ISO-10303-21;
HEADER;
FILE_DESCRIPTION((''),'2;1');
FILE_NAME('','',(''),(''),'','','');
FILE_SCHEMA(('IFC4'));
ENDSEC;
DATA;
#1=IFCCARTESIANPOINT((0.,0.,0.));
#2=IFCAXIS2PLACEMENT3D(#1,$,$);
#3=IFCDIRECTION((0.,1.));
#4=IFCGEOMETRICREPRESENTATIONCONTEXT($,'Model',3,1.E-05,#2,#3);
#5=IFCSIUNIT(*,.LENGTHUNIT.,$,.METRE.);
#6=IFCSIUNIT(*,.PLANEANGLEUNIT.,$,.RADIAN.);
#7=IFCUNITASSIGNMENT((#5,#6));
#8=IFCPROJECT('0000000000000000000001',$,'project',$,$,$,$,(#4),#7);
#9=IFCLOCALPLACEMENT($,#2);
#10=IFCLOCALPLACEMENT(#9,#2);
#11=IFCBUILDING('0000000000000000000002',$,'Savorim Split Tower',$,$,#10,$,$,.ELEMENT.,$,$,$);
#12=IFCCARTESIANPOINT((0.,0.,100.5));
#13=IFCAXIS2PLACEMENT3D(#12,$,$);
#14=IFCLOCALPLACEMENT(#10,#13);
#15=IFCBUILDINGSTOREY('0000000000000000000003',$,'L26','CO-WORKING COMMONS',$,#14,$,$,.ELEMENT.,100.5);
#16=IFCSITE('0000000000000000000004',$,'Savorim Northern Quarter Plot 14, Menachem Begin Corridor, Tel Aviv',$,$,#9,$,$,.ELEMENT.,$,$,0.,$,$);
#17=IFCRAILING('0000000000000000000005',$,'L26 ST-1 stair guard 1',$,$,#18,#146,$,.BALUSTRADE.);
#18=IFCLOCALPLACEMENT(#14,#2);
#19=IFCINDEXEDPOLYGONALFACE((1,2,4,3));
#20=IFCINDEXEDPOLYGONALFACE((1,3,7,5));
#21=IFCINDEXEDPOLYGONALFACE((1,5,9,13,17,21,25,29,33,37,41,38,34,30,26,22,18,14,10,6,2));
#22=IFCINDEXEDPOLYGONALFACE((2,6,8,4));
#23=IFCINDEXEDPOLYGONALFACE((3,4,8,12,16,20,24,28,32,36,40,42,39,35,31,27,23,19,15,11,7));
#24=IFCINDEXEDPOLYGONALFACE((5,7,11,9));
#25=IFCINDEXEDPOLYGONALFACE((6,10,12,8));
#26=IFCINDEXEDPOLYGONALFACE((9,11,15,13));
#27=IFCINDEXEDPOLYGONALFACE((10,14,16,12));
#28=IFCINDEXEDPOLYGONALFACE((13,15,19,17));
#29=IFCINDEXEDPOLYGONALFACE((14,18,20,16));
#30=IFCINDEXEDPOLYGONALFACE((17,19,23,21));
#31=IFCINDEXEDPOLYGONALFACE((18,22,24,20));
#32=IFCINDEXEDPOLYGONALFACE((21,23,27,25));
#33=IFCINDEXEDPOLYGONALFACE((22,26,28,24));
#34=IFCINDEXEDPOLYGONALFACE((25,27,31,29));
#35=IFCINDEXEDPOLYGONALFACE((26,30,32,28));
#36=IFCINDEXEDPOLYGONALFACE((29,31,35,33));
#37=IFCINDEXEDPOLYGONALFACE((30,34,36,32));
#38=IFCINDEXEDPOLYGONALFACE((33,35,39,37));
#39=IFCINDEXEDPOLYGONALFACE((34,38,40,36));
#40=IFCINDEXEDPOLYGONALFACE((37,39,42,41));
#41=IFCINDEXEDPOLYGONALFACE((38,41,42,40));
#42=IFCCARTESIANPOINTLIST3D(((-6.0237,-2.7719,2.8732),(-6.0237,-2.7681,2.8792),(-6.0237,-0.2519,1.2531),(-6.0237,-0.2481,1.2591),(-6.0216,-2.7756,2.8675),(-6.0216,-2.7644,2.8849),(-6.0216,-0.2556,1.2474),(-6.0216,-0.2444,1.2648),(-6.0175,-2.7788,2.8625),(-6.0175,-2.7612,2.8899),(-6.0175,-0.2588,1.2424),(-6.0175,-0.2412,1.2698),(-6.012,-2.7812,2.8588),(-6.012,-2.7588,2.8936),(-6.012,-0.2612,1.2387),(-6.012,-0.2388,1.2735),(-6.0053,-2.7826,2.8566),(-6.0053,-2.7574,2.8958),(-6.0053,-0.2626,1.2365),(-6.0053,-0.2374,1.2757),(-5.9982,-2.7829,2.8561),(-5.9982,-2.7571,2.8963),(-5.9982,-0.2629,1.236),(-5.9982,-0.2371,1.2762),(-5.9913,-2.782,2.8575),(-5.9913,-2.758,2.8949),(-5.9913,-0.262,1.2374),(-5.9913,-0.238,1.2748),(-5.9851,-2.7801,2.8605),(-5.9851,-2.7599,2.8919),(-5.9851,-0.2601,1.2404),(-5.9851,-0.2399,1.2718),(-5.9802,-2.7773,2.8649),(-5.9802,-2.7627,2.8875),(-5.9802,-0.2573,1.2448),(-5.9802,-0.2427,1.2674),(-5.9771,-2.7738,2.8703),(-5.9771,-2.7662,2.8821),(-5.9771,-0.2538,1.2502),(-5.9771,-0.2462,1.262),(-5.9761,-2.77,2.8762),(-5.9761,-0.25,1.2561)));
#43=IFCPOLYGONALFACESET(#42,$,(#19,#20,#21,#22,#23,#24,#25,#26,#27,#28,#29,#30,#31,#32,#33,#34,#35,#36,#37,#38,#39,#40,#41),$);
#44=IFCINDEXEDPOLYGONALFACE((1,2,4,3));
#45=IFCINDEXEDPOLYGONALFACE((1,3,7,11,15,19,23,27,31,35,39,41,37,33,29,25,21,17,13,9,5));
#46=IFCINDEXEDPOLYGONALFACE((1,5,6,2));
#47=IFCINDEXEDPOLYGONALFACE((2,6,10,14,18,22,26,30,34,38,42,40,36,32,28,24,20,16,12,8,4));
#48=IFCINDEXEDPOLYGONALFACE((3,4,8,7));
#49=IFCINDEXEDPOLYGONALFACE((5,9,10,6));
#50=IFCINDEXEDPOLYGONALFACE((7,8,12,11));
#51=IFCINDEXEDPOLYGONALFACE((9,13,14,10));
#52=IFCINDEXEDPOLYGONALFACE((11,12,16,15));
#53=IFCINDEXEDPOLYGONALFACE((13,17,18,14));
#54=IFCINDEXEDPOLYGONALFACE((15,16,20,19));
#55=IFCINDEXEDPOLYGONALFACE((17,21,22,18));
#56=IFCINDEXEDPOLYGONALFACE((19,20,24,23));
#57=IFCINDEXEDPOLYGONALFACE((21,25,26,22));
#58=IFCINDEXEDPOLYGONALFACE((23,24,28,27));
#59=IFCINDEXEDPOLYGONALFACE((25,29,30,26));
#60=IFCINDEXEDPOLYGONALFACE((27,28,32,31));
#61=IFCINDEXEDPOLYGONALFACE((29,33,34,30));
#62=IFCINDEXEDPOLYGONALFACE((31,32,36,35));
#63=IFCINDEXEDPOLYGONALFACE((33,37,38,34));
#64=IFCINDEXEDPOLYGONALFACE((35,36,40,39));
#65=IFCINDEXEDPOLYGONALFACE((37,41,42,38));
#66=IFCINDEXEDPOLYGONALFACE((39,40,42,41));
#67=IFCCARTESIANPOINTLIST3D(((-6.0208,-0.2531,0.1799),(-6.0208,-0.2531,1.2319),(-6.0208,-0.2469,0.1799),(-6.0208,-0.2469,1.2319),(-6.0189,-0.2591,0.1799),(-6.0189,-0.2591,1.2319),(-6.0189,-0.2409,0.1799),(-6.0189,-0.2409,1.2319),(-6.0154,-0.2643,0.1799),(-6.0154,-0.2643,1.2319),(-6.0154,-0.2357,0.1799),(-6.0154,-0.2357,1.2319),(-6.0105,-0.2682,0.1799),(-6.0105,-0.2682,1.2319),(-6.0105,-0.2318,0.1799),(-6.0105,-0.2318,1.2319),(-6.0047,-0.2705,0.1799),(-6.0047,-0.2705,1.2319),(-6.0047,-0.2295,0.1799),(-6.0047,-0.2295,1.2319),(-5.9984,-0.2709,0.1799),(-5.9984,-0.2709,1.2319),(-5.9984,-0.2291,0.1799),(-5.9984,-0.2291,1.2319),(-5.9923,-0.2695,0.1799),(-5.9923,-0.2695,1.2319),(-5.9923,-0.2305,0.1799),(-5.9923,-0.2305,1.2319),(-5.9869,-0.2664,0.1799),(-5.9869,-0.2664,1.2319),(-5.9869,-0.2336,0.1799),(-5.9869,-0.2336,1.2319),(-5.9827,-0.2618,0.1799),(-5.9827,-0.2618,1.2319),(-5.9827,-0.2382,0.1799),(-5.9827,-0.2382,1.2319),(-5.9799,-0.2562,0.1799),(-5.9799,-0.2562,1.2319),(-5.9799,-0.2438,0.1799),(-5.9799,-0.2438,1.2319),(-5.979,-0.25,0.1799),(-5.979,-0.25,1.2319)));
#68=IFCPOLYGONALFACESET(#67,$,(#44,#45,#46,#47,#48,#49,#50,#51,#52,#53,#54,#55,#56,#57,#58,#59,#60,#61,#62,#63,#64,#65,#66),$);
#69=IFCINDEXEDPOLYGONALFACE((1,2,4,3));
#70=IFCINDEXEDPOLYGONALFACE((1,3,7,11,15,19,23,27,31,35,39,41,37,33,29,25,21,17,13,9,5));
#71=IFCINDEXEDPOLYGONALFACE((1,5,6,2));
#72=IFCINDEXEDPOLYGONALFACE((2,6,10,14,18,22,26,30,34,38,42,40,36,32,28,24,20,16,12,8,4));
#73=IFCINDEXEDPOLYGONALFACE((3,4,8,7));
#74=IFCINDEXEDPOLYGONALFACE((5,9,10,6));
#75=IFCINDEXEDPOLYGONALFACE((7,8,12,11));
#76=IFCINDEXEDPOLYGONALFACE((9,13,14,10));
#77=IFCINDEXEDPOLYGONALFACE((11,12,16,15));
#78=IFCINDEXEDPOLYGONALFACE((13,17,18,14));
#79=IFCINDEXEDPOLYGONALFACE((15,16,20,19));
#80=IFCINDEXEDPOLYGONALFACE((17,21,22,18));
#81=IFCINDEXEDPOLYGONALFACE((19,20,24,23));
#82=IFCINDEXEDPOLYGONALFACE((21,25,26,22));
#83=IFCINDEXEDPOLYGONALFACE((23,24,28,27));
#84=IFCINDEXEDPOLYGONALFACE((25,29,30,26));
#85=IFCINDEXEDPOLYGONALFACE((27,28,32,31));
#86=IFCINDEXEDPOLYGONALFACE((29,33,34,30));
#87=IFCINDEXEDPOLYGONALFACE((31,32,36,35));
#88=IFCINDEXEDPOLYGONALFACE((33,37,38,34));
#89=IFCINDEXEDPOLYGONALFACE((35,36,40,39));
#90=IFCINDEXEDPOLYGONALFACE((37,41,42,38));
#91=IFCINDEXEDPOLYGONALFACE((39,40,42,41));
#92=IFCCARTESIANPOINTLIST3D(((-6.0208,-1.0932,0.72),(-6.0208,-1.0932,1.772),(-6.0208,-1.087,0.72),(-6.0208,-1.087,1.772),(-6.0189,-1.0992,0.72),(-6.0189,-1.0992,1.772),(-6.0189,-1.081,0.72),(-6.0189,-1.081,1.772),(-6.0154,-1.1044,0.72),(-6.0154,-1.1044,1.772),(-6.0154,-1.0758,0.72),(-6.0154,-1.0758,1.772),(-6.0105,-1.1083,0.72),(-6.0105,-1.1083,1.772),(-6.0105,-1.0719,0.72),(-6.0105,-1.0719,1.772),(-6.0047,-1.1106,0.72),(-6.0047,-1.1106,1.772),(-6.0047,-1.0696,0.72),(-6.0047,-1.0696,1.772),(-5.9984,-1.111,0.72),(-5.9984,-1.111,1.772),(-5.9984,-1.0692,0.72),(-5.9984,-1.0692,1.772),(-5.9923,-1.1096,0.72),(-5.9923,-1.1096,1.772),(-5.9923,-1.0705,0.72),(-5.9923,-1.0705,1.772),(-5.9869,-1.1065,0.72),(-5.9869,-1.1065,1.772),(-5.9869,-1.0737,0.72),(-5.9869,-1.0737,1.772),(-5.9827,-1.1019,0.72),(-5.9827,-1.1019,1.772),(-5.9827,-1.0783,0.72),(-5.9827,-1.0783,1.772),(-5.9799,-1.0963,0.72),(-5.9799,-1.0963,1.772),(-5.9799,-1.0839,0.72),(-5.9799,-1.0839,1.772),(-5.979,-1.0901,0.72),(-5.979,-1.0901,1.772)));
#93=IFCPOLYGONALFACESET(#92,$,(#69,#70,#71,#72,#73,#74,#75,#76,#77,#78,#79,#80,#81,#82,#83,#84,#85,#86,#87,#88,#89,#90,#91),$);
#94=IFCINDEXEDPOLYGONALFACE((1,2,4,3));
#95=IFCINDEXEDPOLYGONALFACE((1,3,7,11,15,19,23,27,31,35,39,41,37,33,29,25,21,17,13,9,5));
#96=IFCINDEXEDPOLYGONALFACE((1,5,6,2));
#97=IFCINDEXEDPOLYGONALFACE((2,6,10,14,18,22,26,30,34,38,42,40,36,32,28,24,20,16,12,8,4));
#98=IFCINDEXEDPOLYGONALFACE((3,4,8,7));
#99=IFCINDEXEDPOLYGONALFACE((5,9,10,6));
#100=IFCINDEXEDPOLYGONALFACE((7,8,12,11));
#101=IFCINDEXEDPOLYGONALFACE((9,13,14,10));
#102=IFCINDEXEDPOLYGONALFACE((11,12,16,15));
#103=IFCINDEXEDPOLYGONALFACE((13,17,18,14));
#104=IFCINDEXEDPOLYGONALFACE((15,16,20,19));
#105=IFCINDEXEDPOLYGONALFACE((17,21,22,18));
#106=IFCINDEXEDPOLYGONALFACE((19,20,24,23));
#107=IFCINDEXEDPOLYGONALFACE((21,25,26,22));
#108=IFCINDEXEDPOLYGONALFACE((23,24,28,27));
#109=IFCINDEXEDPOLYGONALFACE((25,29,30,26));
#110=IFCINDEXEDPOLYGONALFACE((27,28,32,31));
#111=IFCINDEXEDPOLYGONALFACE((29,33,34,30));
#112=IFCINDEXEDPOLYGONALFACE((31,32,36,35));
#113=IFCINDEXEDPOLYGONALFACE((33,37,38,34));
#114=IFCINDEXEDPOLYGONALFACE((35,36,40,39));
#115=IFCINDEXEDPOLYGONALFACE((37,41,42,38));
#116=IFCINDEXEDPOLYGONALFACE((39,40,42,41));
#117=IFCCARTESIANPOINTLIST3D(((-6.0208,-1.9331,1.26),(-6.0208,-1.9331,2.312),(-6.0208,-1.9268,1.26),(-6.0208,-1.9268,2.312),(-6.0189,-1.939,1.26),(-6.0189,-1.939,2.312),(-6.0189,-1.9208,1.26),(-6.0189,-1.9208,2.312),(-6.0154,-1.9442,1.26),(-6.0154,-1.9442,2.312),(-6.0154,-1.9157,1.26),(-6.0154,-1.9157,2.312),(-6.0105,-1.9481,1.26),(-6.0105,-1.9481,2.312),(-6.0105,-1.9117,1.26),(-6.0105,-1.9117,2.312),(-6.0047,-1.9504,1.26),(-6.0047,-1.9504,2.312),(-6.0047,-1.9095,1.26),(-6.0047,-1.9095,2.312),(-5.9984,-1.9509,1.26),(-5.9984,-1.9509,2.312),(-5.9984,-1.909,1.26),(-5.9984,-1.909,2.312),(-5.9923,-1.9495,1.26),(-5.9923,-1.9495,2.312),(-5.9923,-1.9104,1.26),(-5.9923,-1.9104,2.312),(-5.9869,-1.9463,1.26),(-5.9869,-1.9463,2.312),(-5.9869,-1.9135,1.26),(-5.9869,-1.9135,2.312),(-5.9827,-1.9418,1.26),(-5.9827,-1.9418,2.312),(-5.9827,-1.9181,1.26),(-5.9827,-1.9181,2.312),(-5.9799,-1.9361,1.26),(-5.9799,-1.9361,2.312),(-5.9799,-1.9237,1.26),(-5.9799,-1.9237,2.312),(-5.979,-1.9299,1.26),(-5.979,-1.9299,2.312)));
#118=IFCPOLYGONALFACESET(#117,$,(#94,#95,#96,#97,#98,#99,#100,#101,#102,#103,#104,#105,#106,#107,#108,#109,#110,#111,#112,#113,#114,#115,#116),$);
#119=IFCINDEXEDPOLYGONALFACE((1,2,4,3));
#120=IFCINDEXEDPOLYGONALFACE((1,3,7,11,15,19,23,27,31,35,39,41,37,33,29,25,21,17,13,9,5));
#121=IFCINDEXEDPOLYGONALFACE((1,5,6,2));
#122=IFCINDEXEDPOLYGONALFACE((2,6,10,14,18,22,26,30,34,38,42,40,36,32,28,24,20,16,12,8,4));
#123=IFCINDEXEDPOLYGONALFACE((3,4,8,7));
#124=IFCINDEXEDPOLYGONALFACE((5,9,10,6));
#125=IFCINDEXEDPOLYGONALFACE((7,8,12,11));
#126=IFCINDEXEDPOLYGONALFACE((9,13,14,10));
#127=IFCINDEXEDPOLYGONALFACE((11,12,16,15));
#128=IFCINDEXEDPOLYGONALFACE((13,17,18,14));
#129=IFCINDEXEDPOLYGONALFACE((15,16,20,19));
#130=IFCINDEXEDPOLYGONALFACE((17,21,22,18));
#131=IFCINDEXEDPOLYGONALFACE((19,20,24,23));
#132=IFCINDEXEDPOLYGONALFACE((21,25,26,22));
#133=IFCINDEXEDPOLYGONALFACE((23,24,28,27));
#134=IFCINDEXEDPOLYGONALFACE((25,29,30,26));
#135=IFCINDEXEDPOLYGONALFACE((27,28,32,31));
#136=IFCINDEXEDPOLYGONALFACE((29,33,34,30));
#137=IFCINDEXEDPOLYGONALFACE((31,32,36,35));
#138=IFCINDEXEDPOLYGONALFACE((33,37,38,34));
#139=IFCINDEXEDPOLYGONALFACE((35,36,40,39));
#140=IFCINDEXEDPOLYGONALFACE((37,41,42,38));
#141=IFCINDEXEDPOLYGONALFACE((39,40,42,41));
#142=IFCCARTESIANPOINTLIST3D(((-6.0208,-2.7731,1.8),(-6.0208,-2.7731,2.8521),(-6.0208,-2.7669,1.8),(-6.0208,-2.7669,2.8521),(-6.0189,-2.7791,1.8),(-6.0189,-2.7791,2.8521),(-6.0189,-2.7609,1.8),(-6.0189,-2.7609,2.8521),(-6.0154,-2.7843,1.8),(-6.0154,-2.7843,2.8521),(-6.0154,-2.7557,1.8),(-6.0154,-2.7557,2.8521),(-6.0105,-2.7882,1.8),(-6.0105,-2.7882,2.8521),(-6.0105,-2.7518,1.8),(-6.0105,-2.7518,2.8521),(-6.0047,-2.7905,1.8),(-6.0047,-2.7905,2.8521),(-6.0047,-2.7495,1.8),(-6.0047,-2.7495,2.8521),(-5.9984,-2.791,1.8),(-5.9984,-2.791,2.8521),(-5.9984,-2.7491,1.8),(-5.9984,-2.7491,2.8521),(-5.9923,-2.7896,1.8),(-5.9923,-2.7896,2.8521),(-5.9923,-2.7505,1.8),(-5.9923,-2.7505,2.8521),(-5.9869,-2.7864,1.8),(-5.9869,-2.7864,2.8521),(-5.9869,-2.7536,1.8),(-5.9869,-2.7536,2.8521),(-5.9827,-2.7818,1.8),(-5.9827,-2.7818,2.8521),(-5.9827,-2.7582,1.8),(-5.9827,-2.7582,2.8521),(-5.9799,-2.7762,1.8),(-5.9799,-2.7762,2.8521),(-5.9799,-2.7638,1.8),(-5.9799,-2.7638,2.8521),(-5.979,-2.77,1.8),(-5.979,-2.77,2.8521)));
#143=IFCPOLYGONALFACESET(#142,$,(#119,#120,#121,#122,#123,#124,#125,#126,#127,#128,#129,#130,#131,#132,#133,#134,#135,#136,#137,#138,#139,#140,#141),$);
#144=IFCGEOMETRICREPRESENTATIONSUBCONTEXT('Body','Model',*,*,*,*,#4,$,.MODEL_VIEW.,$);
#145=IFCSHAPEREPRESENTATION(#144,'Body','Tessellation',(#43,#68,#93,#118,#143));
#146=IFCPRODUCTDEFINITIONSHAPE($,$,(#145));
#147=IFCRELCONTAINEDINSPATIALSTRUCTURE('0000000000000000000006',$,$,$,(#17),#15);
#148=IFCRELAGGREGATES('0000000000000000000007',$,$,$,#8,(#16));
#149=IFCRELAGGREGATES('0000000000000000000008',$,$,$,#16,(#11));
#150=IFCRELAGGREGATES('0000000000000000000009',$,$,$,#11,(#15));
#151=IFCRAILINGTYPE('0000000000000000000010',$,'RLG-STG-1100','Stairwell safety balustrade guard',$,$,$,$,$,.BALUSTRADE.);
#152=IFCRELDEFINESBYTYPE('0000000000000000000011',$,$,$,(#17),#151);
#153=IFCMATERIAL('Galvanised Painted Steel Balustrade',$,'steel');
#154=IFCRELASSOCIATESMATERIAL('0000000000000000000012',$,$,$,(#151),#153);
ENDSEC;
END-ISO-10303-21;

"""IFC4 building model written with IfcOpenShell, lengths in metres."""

from ifc_helpers import new_model, si_unit, direction, frame, origin, origin_2d, place, context, subcontext, project, spatial, circle, extrude, material, type_object, element, save


model = new_model("IFC4")

# Units and contexts
model_context = context("Model", 3, precision=1e-05, world=origin(), true_north=direction((0.0, 1.0)))
body_context = subcontext(model_context, "Body", "Model", "MODEL_VIEW")
ifc_project = project(units=[si_unit("LENGTHUNIT", "METRE"), si_unit("PLANEANGLEUNIT", "RADIAN")], contexts=[model_context])

# Site, building, storey
site_placement = place(None, origin())
site = spatial("IfcSite", under=ifc_project, at=site_placement, Name="Savorim Northern Quarter Plot 14, Menachem Begin Corridor, Tel Aviv", CompositionType="ELEMENT", RefElevation=0.0)
building_placement = place(site_placement, origin())
building = spatial("IfcBuilding", under=site, at=building_placement, Name="Savorim Split Tower", CompositionType="ELEMENT")
storey_placement = place(building_placement, frame((0.0, 0.0, 100.5)))
storey = spatial("IfcBuildingStorey", under=building, at=storey_placement, Name="L26", Description="CO-WORKING COMMONS", CompositionType="ELEMENT", Elevation=100.5)

# Railing
ifc_material_1 = material(Name="Galvanised Painted Steel Balustrade", Category="steel")
railing_type_1 = type_object("IfcRailingType", Name="RLG-STG-1100", Description="Stairwell safety balustrade guard", PredefinedType="BALUSTRADE", material=ifc_material_1)
railing_1_placement = place(storey_placement, frame((-6.0, -0.25, 0.1799)))
element("IfcRailing", 1, at=railing_1_placement, inside=storey, type_object=railing_type_1, Name="L26 ST-1 stair guard 1", PredefinedType="BALUSTRADE", context=body_context, shape_type="SweptSolid", body=[
    extrude(circle(Radius=0.0239, at=origin_2d()), frame((0.0, 0.0, 1.0762), z_axis=(0.0, -0.841163, 0.540782), x_axis=(1.0, 0.0, 0.0)), (0.0, 0.0, 1.0), 2.9958),
    extrude(circle(Radius=0.021, at=origin_2d()), origin(), (0.0, 0.0, 1.0), 1.052),
    extrude(circle(Radius=0.021, at=origin_2d()), frame((0.0, -0.8401, 0.54)), (0.0, 0.0, 1.0), 1.052),
    extrude(circle(Radius=0.021, at=origin_2d()), frame((0.0, -1.6799, 1.0801)), (0.0, 0.0, 1.0), 1.052),
    extrude(circle(Radius=0.021, at=origin_2d()), frame((0.0, -2.52, 1.6201)), (0.0, 0.0, 1.0), 1.052),
])

save(model, "model.ifc")
